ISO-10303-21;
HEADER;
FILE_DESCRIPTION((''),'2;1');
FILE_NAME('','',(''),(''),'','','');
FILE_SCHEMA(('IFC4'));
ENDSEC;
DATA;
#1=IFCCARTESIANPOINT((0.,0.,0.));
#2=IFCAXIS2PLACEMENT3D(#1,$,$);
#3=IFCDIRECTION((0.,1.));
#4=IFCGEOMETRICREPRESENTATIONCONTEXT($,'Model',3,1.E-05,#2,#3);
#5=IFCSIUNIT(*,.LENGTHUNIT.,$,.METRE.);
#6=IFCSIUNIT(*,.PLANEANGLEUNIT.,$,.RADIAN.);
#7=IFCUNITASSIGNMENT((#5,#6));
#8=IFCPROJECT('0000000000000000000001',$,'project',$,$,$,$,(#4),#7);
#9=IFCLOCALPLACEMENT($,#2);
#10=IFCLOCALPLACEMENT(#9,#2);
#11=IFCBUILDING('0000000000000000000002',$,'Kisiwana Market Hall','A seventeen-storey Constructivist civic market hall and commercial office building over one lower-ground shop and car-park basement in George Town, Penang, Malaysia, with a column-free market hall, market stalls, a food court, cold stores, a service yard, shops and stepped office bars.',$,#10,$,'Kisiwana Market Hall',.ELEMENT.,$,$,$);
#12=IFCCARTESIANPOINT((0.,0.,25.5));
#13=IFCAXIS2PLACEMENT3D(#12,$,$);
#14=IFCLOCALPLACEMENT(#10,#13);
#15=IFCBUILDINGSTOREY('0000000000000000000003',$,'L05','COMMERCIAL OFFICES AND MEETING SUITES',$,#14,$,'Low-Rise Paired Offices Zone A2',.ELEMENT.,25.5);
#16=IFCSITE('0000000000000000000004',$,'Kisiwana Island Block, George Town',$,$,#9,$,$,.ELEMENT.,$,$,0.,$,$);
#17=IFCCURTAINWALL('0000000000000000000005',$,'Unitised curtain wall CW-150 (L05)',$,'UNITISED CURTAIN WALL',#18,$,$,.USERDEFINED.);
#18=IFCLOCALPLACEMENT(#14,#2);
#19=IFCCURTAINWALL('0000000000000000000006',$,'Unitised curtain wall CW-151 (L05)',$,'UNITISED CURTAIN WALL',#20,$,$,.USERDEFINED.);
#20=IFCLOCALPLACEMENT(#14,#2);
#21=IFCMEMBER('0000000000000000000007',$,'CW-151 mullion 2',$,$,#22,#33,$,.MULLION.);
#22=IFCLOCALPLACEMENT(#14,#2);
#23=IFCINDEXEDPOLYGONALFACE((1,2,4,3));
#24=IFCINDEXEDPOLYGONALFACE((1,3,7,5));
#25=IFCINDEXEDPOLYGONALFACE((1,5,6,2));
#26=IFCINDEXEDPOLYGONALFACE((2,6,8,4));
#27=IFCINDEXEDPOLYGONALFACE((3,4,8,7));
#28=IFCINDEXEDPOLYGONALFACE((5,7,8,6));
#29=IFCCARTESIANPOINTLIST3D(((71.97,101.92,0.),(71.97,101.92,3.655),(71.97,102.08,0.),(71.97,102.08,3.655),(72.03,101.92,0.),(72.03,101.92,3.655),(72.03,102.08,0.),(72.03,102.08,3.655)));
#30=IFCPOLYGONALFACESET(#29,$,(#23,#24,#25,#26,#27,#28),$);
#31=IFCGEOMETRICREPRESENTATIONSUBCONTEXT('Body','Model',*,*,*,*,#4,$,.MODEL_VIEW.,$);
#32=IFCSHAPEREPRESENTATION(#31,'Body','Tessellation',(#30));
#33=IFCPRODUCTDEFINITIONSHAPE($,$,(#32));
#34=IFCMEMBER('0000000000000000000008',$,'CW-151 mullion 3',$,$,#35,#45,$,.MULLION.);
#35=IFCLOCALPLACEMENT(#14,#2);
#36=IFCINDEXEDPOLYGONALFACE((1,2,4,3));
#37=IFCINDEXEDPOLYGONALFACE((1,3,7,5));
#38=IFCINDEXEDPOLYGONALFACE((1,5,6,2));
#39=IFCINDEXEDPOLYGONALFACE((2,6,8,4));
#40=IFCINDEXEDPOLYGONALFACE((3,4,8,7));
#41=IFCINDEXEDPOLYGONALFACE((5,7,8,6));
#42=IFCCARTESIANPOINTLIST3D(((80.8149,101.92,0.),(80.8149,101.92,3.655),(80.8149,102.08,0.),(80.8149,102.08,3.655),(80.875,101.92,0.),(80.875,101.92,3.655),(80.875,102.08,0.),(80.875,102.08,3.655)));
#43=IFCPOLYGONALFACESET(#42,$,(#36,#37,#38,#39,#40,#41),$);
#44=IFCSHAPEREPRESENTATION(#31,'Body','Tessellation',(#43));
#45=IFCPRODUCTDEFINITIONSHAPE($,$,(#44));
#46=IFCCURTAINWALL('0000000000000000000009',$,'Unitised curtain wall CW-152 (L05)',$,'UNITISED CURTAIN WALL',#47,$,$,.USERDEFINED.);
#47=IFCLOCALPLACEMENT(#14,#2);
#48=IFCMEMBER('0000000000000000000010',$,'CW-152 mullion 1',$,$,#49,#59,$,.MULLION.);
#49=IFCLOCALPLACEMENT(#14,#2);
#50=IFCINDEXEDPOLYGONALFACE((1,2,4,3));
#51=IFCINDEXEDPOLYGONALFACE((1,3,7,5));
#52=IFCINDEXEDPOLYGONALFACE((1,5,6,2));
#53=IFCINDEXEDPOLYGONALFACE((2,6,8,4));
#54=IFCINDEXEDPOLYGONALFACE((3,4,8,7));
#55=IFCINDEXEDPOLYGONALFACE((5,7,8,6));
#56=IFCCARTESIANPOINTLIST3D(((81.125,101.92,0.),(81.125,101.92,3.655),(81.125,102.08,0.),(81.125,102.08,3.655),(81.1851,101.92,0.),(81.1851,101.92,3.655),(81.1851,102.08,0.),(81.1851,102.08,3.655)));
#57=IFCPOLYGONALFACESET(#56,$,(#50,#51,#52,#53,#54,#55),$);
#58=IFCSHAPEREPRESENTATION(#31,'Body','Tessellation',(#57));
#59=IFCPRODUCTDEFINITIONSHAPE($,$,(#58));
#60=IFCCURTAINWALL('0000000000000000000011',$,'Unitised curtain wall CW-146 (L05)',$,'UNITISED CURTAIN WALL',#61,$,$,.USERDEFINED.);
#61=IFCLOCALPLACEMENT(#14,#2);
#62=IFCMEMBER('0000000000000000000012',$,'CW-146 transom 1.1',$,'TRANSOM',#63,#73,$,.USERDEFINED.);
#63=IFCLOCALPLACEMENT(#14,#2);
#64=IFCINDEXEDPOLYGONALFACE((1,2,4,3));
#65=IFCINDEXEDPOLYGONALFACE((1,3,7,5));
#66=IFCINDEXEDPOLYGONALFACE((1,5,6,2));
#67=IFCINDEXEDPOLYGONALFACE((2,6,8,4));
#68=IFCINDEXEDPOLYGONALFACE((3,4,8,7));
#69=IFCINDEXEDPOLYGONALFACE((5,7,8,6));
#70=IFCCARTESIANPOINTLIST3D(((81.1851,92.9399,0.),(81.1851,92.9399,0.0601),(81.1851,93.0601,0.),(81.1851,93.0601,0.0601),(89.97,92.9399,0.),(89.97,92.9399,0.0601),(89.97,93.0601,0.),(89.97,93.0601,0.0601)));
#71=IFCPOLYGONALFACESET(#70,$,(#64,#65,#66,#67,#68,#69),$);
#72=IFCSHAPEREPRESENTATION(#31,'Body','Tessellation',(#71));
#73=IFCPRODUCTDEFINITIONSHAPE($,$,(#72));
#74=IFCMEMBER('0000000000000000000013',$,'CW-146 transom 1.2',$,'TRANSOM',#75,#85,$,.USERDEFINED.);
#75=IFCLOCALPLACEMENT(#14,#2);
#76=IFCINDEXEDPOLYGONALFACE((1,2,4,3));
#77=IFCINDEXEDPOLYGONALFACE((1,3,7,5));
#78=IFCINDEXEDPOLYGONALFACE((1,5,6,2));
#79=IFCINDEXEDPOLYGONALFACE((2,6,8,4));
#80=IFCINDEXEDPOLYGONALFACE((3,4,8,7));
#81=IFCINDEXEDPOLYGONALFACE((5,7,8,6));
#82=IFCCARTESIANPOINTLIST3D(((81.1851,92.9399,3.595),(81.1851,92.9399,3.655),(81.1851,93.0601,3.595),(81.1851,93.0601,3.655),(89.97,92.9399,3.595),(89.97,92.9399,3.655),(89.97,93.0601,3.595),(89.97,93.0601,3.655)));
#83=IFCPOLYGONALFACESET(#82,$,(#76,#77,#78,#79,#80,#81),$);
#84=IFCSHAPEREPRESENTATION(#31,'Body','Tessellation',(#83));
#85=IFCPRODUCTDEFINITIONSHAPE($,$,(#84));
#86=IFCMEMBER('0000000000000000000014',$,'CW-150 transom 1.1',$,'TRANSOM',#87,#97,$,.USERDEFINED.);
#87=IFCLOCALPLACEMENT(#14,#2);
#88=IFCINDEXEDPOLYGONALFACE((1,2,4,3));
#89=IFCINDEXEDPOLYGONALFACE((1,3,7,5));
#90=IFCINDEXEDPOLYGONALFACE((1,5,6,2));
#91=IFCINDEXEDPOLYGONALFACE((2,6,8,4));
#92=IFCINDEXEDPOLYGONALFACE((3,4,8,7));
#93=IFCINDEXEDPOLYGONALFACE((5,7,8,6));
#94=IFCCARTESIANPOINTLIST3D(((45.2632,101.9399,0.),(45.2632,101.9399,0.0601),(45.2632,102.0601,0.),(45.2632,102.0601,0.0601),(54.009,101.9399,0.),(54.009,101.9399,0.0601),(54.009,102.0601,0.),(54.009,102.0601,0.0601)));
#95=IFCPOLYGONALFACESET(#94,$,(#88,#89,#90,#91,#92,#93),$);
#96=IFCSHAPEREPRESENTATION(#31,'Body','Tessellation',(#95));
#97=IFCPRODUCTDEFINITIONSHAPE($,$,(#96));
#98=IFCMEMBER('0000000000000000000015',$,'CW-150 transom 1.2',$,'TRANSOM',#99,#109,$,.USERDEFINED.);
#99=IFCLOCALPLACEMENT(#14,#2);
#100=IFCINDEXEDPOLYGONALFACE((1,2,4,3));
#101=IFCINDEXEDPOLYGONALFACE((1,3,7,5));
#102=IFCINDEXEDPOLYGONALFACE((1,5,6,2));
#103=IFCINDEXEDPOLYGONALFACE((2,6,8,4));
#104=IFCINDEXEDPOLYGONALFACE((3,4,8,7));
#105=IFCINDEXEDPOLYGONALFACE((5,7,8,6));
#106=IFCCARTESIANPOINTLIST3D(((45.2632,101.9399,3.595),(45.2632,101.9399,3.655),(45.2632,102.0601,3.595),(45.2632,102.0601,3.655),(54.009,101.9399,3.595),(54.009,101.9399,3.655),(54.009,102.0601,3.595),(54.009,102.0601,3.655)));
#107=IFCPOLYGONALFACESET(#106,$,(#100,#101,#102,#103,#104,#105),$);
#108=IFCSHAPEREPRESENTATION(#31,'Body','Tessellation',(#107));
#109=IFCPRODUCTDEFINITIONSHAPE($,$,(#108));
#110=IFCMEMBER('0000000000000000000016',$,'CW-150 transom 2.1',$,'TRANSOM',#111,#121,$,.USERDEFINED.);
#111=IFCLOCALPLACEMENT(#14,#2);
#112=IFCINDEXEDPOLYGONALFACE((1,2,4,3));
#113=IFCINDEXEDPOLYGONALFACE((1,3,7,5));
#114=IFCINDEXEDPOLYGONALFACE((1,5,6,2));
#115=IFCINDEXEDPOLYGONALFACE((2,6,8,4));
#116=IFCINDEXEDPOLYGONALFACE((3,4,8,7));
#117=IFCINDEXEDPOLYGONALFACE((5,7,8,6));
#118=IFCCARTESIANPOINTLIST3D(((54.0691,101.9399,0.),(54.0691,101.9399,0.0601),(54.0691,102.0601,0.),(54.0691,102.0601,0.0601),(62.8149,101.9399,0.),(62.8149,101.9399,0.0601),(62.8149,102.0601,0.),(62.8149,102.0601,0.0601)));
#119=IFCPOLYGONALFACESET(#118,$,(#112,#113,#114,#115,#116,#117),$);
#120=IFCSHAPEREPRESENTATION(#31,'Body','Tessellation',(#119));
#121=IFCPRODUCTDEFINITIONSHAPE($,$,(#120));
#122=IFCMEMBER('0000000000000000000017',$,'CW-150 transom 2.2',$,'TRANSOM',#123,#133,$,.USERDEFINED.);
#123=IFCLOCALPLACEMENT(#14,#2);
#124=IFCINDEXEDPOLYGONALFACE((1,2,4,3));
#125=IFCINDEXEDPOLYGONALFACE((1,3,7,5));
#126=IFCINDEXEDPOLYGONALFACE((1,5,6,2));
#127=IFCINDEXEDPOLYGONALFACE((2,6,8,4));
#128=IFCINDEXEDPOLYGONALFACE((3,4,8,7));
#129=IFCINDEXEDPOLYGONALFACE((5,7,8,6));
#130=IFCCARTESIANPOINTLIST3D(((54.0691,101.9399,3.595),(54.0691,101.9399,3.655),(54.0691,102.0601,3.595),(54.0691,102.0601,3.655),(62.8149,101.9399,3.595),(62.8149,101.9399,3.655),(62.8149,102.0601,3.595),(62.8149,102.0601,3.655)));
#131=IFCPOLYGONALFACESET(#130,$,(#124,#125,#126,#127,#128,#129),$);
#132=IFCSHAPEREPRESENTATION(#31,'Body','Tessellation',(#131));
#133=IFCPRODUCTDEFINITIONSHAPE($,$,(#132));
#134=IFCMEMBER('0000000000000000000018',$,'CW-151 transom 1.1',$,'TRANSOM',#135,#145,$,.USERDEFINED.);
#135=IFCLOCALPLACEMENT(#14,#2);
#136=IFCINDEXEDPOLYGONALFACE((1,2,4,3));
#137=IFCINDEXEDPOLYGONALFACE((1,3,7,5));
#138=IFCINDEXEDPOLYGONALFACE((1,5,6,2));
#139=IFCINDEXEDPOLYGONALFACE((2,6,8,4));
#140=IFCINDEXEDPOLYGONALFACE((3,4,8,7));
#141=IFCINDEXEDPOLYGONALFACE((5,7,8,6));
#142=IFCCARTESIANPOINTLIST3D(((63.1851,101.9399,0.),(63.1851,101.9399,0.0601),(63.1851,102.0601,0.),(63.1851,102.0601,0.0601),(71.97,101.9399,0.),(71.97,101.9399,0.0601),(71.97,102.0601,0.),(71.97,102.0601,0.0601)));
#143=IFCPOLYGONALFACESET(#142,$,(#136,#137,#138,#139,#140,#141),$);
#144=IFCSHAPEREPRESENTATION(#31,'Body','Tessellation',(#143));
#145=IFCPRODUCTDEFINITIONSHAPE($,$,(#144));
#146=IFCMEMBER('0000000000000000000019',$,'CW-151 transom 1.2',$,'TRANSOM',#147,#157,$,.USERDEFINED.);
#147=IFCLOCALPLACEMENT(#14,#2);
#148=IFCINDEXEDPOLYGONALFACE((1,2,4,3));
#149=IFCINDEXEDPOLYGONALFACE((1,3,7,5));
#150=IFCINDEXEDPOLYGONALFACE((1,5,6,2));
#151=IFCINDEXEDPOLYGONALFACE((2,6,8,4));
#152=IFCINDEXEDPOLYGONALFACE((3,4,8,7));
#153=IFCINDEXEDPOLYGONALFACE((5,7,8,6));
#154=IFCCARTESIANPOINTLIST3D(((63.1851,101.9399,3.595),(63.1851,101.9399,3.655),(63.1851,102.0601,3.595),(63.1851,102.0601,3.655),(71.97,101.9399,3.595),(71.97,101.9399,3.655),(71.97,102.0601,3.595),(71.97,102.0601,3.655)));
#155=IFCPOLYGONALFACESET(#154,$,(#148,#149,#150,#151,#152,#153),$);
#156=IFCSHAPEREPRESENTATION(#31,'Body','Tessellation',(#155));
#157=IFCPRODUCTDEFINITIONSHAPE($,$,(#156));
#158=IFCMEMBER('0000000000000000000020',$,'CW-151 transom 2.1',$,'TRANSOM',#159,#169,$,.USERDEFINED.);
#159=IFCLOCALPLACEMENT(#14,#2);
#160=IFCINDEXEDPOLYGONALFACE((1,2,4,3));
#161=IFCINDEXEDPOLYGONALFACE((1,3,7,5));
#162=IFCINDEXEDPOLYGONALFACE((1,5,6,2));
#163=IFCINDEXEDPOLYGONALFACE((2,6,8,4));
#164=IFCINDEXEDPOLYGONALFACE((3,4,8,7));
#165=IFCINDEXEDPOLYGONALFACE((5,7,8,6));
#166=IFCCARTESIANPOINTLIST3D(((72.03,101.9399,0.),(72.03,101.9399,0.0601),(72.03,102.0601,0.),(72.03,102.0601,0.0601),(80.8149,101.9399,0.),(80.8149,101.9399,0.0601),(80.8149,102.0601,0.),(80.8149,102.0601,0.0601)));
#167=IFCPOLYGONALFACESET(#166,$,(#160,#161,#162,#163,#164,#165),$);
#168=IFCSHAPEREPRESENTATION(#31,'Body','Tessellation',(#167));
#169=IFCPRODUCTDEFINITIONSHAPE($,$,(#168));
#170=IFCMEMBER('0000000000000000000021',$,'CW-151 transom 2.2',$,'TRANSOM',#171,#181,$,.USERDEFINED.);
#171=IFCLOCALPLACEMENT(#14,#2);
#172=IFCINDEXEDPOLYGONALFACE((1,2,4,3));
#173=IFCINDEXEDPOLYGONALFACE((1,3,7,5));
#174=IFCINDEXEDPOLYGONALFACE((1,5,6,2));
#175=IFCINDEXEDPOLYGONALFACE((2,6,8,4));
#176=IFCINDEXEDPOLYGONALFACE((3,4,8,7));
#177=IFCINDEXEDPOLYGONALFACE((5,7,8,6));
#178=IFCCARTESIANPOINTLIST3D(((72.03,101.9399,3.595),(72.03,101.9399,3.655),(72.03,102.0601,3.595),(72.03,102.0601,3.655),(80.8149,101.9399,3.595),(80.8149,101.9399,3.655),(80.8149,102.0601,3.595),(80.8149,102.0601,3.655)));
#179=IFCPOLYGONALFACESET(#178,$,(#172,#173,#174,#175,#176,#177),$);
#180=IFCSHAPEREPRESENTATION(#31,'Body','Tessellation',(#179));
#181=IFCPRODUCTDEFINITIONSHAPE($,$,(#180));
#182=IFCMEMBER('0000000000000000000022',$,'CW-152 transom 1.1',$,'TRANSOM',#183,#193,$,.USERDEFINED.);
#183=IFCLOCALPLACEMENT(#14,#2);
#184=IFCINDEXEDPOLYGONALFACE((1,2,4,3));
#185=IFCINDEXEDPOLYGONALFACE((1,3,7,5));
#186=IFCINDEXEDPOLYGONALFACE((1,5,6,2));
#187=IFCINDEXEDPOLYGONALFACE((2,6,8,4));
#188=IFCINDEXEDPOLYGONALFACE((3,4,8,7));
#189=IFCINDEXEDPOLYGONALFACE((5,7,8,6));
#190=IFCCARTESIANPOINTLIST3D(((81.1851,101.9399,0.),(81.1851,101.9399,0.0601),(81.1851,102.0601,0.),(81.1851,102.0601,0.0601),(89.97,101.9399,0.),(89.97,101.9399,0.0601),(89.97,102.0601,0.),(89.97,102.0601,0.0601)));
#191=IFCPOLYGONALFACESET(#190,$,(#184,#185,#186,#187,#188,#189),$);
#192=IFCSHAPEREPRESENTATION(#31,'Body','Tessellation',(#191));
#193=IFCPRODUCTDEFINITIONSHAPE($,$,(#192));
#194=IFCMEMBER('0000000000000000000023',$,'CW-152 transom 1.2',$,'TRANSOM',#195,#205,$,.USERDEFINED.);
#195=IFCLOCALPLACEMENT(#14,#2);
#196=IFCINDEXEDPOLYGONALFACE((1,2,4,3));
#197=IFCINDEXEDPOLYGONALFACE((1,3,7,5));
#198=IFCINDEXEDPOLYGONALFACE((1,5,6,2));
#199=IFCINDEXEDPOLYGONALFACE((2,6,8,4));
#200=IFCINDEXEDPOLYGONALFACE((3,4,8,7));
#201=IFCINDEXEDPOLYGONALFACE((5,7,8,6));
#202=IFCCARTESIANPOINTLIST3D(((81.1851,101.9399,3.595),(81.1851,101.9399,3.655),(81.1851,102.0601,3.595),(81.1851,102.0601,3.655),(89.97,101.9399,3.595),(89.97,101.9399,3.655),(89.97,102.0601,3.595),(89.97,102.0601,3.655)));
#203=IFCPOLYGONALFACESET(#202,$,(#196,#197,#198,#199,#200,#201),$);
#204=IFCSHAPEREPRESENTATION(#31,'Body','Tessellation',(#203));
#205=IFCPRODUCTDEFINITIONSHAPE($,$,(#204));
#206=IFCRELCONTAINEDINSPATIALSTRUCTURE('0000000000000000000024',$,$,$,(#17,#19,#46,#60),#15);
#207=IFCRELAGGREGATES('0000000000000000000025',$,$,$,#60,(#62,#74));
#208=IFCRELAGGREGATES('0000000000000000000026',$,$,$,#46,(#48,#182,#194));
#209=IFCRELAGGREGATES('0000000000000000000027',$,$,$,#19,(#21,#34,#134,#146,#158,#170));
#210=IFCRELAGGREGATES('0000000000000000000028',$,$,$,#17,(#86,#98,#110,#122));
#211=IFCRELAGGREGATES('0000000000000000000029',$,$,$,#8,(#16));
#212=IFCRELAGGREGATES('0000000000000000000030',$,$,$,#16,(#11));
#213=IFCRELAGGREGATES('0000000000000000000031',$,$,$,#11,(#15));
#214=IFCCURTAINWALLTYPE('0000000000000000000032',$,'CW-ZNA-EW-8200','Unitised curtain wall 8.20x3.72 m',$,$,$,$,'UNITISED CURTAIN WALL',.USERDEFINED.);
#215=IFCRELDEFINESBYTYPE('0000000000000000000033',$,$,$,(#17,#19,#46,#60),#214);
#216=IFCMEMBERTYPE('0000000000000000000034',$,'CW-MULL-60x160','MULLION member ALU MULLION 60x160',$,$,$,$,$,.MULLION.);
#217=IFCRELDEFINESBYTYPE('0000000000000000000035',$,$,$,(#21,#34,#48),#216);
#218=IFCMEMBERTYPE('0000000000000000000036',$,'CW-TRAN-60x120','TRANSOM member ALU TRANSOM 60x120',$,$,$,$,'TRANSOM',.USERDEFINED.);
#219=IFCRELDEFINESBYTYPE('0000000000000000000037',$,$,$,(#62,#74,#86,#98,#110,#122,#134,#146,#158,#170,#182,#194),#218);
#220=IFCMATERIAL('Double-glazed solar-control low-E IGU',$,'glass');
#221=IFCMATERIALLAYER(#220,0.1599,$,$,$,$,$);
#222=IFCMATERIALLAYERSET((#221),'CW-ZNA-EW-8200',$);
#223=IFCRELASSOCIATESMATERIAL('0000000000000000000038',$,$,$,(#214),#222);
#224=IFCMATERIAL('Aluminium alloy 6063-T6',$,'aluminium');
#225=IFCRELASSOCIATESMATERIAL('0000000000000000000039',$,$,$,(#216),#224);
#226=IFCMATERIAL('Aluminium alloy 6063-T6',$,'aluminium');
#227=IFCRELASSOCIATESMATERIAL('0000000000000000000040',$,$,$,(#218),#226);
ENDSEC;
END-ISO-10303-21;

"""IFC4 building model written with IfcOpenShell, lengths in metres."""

from ifc_helpers import new_model, si_unit, direction, frame, origin, origin_2d, place, context, subcontext, project, spatial, rectangle, extrude, material, layer, layer_set, material_profile, profile_set, type_object, element, aggregate, save


model = new_model("IFC4")

# Units and contexts
model_context = context("Model", 3, precision=1e-05, world=origin(), true_north=direction((0.0, 1.0)))
body_context = subcontext(model_context, "Body", "Model", "MODEL_VIEW")
ifc_project = project(units=[si_unit("LENGTHUNIT", "METRE"), si_unit("PLANEANGLEUNIT", "RADIAN")], contexts=[model_context])

# Site, building, storey
site_placement = place(None, origin())
site = spatial("IfcSite", under=ifc_project, at=site_placement, Name="Kisiwana Island Block, George Town", CompositionType="ELEMENT", RefElevation=0.0)
building_placement = place(site_placement, origin())
building = spatial("IfcBuilding", under=site, at=building_placement, Name="Kisiwana Market Hall", Description="A seventeen-storey Constructivist civic market hall and commercial office building over one lower-ground shop and car-park basement in George Town, Penang, Malaysia, with a column-free market hall, market stalls, a food court, cold stores, a service yard, shops and stepped office bars.", LongName="Kisiwana Market Hall", CompositionType="ELEMENT")
storey_placement = place(building_placement, frame((0.0, 0.0, 25.5)))
storey = spatial("IfcBuildingStorey", under=building, at=storey_placement, Name="L05", Description="COMMERCIAL OFFICES AND MEETING SUITES", LongName="Low-Rise Paired Offices Zone A2", CompositionType="ELEMENT", Elevation=25.5)

# Curtain walls, members
ifc_material_1 = material(Name="Double-glazed solar-control low-E IGU", Category="glass")
ifc_layer_1 = layer(ifc_material_1, 0.1599)
ifc_layer_set_1 = layer_set([ifc_layer_1], Name="CW-ZNA-EW-8200")
curtain_wall_type = type_object("IfcCurtainWallType", Name="CW-ZNA-EW-8200", Description="Unitised curtain wall 8.20x3.72 m", ElementType="UNITISED CURTAIN WALL", PredefinedType="USERDEFINED", material=ifc_layer_set_1)
curtain_wall_1_placement = place(storey_placement, origin())
curtain_wall_1 = element("IfcCurtainWall", 1, at=curtain_wall_1_placement, inside=storey, type_object=curtain_wall_type, Name="Unitised curtain wall CW-150 (L05)", ObjectType="UNITISED CURTAIN WALL", PredefinedType="USERDEFINED")
ifc_material_2 = material(Name="Aluminium alloy 6063-T6", Category="aluminium")
ifc_material_profile_1 = material_profile(ifc_material_2, rectangle(XDim=0.0601, YDim=0.1599, at=origin_2d()), Name="ALU MULLION 60x160")
ifc_profile_set_1 = profile_set([ifc_material_profile_1], Name="Aluminium alloy 6063-T6")
member_type_1 = type_object("IfcMemberType", Name="CW-MULL-60x160", Description="MULLION member ALU MULLION 60x160", PredefinedType="MULLION", material=ifc_profile_set_1)
curtain_wall_2_placement = place(storey_placement, origin())
curtain_wall_2 = element("IfcCurtainWall", 2, at=curtain_wall_2_placement, inside=storey, type_object=curtain_wall_type, Name="Unitised curtain wall CW-151 (L05)", ObjectType="UNITISED CURTAIN WALL", PredefinedType="USERDEFINED")
member_1_placement = place(storey_placement, frame((72.0, 102.0, 0.0), z_axis=(0.0, 0.0, 1.0), x_axis=(1.0, 0.0, 0.0)))
member_1 = element("IfcMember", 3, at=member_1_placement, type_object=member_type_1, Name="CW-151 mullion 2", PredefinedType="MULLION", context=body_context, shape_type="SweptSolid", body=[
    extrude(rectangle(XDim=0.0601, YDim=0.1599, at=origin_2d()), origin(), (0.0, 0.0, 1.0), 3.655),
])
member_2_placement = place(storey_placement, frame((80.845, 102.0, 0.0), z_axis=(0.0, 0.0, 1.0), x_axis=(1.0, 0.0, 0.0)))
member_2 = element("IfcMember", 4, at=member_2_placement, type_object=member_type_1, Name="CW-151 mullion 3", PredefinedType="MULLION", context=body_context, shape_type="SweptSolid", body=[
    extrude(rectangle(XDim=0.0601, YDim=0.1599, at=origin_2d()), origin(), (0.0, 0.0, 1.0), 3.655),
])

# Curtain wall, member
curtain_wall_3_placement = place(storey_placement, origin())
curtain_wall_3 = element("IfcCurtainWall", 5, at=curtain_wall_3_placement, inside=storey, type_object=curtain_wall_type, Name="Unitised curtain wall CW-152 (L05)", ObjectType="UNITISED CURTAIN WALL", PredefinedType="USERDEFINED")
member_3_placement = place(storey_placement, frame((81.155, 102.0, 0.0), z_axis=(0.0, 0.0, 1.0), x_axis=(1.0, 0.0, 0.0)))
member_3 = element("IfcMember", 6, at=member_3_placement, type_object=member_type_1, Name="CW-152 mullion 1", PredefinedType="MULLION", context=body_context, shape_type="SweptSolid", body=[
    extrude(rectangle(XDim=0.0601, YDim=0.1599, at=origin_2d()), origin(), (0.0, 0.0, 1.0), 3.655),
])

# Curtain wall, members
curtain_wall_4_placement = place(storey_placement, origin())
curtain_wall_4 = element("IfcCurtainWall", 7, at=curtain_wall_4_placement, inside=storey, type_object=curtain_wall_type, Name="Unitised curtain wall CW-146 (L05)", ObjectType="UNITISED CURTAIN WALL", PredefinedType="USERDEFINED")
ifc_material_3 = material(Name="Aluminium alloy 6063-T6", Category="aluminium")
ifc_material_profile_2 = material_profile(ifc_material_3, rectangle(XDim=0.1201, YDim=0.0601, at=origin_2d()), Name="ALU TRANSOM 60x120")
ifc_profile_set_2 = profile_set([ifc_material_profile_2], Name="Aluminium alloy 6063-T6")
member_type_2 = type_object("IfcMemberType", Name="CW-TRAN-60x120", Description="TRANSOM member ALU TRANSOM 60x120", ElementType="TRANSOM", PredefinedType="USERDEFINED", material=ifc_profile_set_2)
member_4_placement = place(storey_placement, frame((81.1851, 93.0, 0.03), z_axis=(1.0, 0.0, 0.0), x_axis=(0.0, 1.0, 0.0)))
member_4 = element("IfcMember", 8, at=member_4_placement, type_object=member_type_2, Name="CW-146 transom 1.1", ObjectType="TRANSOM", PredefinedType="USERDEFINED", context=body_context, shape_type="SweptSolid", body=[
    extrude(rectangle(XDim=0.1201, YDim=0.0601, at=origin_2d()), origin(), (0.0, 0.0, 1.0), 8.7849),
])
member_5_placement = place(storey_placement, frame((81.1851, 93.0, 3.625), z_axis=(1.0, 0.0, 0.0), x_axis=(0.0, 1.0, 0.0)))
member_5 = element("IfcMember", 9, at=member_5_placement, type_object=member_type_2, Name="CW-146 transom 1.2", ObjectType="TRANSOM", PredefinedType="USERDEFINED", context=body_context, shape_type="SweptSolid", body=[
    extrude(rectangle(XDim=0.1201, YDim=0.0601, at=origin_2d()), origin(), (0.0, 0.0, 1.0), 8.7849),
])
aggregate(curtain_wall_4, [member_4, member_5])

# Members
member_6_placement = place(storey_placement, frame((45.2632, 102.0, 0.03), z_axis=(1.0, 0.0, 0.0), x_axis=(0.0, 1.0, 0.0)))
member_6 = element("IfcMember", 10, at=member_6_placement, type_object=member_type_2, Name="CW-150 transom 1.1", ObjectType="TRANSOM", PredefinedType="USERDEFINED", context=body_context, shape_type="SweptSolid", body=[
    extrude(rectangle(XDim=0.1201, YDim=0.0601, at=origin_2d()), origin(), (0.0, 0.0, 1.0), 8.7458),
])
member_7_placement = place(storey_placement, frame((45.2632, 102.0, 3.625), z_axis=(1.0, 0.0, 0.0), x_axis=(0.0, 1.0, 0.0)))
member_7 = element("IfcMember", 11, at=member_7_placement, type_object=member_type_2, Name="CW-150 transom 1.2", ObjectType="TRANSOM", PredefinedType="USERDEFINED", context=body_context, shape_type="SweptSolid", body=[
    extrude(rectangle(XDim=0.1201, YDim=0.0601, at=origin_2d()), origin(), (0.0, 0.0, 1.0), 8.7458),
])
member_8_placement = place(storey_placement, frame((54.0691, 102.0, 0.03), z_axis=(1.0, 0.0, 0.0), x_axis=(0.0, 1.0, 0.0)))
member_8 = element("IfcMember", 12, at=member_8_placement, type_object=member_type_2, Name="CW-150 transom 2.1", ObjectType="TRANSOM", PredefinedType="USERDEFINED", context=body_context, shape_type="SweptSolid", body=[
    extrude(rectangle(XDim=0.1201, YDim=0.0601, at=origin_2d()), origin(), (0.0, 0.0, 1.0), 8.7458),
])
member_9_placement = place(storey_placement, frame((54.0691, 102.0, 3.625), z_axis=(1.0, 0.0, 0.0), x_axis=(0.0, 1.0, 0.0)))
member_9 = element("IfcMember", 13, at=member_9_placement, type_object=member_type_2, Name="CW-150 transom 2.2", ObjectType="TRANSOM", PredefinedType="USERDEFINED", context=body_context, shape_type="SweptSolid", body=[
    extrude(rectangle(XDim=0.1201, YDim=0.0601, at=origin_2d()), origin(), (0.0, 0.0, 1.0), 8.7458),
])
member_10_placement = place(storey_placement, frame((63.1851, 102.0, 0.03), z_axis=(1.0, 0.0, 0.0), x_axis=(0.0, 1.0, 0.0)))
member_10 = element("IfcMember", 14, at=member_10_placement, type_object=member_type_2, Name="CW-151 transom 1.1", ObjectType="TRANSOM", PredefinedType="USERDEFINED", context=body_context, shape_type="SweptSolid", body=[
    extrude(rectangle(XDim=0.1201, YDim=0.0601, at=origin_2d()), origin(), (0.0, 0.0, 1.0), 8.7849),
])
member_11_placement = place(storey_placement, frame((63.1851, 102.0, 3.625), z_axis=(1.0, 0.0, 0.0), x_axis=(0.0, 1.0, 0.0)))
member_11 = element("IfcMember", 15, at=member_11_placement, type_object=member_type_2, Name="CW-151 transom 1.2", ObjectType="TRANSOM", PredefinedType="USERDEFINED", context=body_context, shape_type="SweptSolid", body=[
    extrude(rectangle(XDim=0.1201, YDim=0.0601, at=origin_2d()), origin(), (0.0, 0.0, 1.0), 8.7849),
])
member_12_placement = place(storey_placement, frame((72.03, 102.0, 0.03), z_axis=(1.0, 0.0, 0.0), x_axis=(0.0, 1.0, 0.0)))
member_12 = element("IfcMember", 16, at=member_12_placement, type_object=member_type_2, Name="CW-151 transom 2.1", ObjectType="TRANSOM", PredefinedType="USERDEFINED", context=body_context, shape_type="SweptSolid", body=[
    extrude(rectangle(XDim=0.1201, YDim=0.0601, at=origin_2d()), origin(), (0.0, 0.0, 1.0), 8.7849),
])
member_13_placement = place(storey_placement, frame((72.03, 102.0, 3.625), z_axis=(1.0, 0.0, 0.0), x_axis=(0.0, 1.0, 0.0)))
member_13 = element("IfcMember", 17, at=member_13_placement, type_object=member_type_2, Name="CW-151 transom 2.2", ObjectType="TRANSOM", PredefinedType="USERDEFINED", context=body_context, shape_type="SweptSolid", body=[
    extrude(rectangle(XDim=0.1201, YDim=0.0601, at=origin_2d()), origin(), (0.0, 0.0, 1.0), 8.7849),
])
member_14_placement = place(storey_placement, frame((81.1851, 102.0, 0.03), z_axis=(1.0, 0.0, 0.0), x_axis=(0.0, 1.0, 0.0)))
member_14 = element("IfcMember", 18, at=member_14_placement, type_object=member_type_2, Name="CW-152 transom 1.1", ObjectType="TRANSOM", PredefinedType="USERDEFINED", context=body_context, shape_type="SweptSolid", body=[
    extrude(rectangle(XDim=0.1201, YDim=0.0601, at=origin_2d()), origin(), (0.0, 0.0, 1.0), 8.7849),
])
member_15_placement = place(storey_placement, frame((81.1851, 102.0, 3.625), z_axis=(1.0, 0.0, 0.0), x_axis=(0.0, 1.0, 0.0)))
member_15 = element("IfcMember", 19, at=member_15_placement, type_object=member_type_2, Name="CW-152 transom 1.2", ObjectType="TRANSOM", PredefinedType="USERDEFINED", context=body_context, shape_type="SweptSolid", body=[
    extrude(rectangle(XDim=0.1201, YDim=0.0601, at=origin_2d()), origin(), (0.0, 0.0, 1.0), 8.7849),
])
aggregate(curtain_wall_3, [member_3, member_14, member_15])

aggregate(curtain_wall_2, [member_1, member_2, member_10, member_11, member_12, member_13])
aggregate(curtain_wall_1, [member_6, member_7, member_8, member_9])

save(model, "model.ifc")
